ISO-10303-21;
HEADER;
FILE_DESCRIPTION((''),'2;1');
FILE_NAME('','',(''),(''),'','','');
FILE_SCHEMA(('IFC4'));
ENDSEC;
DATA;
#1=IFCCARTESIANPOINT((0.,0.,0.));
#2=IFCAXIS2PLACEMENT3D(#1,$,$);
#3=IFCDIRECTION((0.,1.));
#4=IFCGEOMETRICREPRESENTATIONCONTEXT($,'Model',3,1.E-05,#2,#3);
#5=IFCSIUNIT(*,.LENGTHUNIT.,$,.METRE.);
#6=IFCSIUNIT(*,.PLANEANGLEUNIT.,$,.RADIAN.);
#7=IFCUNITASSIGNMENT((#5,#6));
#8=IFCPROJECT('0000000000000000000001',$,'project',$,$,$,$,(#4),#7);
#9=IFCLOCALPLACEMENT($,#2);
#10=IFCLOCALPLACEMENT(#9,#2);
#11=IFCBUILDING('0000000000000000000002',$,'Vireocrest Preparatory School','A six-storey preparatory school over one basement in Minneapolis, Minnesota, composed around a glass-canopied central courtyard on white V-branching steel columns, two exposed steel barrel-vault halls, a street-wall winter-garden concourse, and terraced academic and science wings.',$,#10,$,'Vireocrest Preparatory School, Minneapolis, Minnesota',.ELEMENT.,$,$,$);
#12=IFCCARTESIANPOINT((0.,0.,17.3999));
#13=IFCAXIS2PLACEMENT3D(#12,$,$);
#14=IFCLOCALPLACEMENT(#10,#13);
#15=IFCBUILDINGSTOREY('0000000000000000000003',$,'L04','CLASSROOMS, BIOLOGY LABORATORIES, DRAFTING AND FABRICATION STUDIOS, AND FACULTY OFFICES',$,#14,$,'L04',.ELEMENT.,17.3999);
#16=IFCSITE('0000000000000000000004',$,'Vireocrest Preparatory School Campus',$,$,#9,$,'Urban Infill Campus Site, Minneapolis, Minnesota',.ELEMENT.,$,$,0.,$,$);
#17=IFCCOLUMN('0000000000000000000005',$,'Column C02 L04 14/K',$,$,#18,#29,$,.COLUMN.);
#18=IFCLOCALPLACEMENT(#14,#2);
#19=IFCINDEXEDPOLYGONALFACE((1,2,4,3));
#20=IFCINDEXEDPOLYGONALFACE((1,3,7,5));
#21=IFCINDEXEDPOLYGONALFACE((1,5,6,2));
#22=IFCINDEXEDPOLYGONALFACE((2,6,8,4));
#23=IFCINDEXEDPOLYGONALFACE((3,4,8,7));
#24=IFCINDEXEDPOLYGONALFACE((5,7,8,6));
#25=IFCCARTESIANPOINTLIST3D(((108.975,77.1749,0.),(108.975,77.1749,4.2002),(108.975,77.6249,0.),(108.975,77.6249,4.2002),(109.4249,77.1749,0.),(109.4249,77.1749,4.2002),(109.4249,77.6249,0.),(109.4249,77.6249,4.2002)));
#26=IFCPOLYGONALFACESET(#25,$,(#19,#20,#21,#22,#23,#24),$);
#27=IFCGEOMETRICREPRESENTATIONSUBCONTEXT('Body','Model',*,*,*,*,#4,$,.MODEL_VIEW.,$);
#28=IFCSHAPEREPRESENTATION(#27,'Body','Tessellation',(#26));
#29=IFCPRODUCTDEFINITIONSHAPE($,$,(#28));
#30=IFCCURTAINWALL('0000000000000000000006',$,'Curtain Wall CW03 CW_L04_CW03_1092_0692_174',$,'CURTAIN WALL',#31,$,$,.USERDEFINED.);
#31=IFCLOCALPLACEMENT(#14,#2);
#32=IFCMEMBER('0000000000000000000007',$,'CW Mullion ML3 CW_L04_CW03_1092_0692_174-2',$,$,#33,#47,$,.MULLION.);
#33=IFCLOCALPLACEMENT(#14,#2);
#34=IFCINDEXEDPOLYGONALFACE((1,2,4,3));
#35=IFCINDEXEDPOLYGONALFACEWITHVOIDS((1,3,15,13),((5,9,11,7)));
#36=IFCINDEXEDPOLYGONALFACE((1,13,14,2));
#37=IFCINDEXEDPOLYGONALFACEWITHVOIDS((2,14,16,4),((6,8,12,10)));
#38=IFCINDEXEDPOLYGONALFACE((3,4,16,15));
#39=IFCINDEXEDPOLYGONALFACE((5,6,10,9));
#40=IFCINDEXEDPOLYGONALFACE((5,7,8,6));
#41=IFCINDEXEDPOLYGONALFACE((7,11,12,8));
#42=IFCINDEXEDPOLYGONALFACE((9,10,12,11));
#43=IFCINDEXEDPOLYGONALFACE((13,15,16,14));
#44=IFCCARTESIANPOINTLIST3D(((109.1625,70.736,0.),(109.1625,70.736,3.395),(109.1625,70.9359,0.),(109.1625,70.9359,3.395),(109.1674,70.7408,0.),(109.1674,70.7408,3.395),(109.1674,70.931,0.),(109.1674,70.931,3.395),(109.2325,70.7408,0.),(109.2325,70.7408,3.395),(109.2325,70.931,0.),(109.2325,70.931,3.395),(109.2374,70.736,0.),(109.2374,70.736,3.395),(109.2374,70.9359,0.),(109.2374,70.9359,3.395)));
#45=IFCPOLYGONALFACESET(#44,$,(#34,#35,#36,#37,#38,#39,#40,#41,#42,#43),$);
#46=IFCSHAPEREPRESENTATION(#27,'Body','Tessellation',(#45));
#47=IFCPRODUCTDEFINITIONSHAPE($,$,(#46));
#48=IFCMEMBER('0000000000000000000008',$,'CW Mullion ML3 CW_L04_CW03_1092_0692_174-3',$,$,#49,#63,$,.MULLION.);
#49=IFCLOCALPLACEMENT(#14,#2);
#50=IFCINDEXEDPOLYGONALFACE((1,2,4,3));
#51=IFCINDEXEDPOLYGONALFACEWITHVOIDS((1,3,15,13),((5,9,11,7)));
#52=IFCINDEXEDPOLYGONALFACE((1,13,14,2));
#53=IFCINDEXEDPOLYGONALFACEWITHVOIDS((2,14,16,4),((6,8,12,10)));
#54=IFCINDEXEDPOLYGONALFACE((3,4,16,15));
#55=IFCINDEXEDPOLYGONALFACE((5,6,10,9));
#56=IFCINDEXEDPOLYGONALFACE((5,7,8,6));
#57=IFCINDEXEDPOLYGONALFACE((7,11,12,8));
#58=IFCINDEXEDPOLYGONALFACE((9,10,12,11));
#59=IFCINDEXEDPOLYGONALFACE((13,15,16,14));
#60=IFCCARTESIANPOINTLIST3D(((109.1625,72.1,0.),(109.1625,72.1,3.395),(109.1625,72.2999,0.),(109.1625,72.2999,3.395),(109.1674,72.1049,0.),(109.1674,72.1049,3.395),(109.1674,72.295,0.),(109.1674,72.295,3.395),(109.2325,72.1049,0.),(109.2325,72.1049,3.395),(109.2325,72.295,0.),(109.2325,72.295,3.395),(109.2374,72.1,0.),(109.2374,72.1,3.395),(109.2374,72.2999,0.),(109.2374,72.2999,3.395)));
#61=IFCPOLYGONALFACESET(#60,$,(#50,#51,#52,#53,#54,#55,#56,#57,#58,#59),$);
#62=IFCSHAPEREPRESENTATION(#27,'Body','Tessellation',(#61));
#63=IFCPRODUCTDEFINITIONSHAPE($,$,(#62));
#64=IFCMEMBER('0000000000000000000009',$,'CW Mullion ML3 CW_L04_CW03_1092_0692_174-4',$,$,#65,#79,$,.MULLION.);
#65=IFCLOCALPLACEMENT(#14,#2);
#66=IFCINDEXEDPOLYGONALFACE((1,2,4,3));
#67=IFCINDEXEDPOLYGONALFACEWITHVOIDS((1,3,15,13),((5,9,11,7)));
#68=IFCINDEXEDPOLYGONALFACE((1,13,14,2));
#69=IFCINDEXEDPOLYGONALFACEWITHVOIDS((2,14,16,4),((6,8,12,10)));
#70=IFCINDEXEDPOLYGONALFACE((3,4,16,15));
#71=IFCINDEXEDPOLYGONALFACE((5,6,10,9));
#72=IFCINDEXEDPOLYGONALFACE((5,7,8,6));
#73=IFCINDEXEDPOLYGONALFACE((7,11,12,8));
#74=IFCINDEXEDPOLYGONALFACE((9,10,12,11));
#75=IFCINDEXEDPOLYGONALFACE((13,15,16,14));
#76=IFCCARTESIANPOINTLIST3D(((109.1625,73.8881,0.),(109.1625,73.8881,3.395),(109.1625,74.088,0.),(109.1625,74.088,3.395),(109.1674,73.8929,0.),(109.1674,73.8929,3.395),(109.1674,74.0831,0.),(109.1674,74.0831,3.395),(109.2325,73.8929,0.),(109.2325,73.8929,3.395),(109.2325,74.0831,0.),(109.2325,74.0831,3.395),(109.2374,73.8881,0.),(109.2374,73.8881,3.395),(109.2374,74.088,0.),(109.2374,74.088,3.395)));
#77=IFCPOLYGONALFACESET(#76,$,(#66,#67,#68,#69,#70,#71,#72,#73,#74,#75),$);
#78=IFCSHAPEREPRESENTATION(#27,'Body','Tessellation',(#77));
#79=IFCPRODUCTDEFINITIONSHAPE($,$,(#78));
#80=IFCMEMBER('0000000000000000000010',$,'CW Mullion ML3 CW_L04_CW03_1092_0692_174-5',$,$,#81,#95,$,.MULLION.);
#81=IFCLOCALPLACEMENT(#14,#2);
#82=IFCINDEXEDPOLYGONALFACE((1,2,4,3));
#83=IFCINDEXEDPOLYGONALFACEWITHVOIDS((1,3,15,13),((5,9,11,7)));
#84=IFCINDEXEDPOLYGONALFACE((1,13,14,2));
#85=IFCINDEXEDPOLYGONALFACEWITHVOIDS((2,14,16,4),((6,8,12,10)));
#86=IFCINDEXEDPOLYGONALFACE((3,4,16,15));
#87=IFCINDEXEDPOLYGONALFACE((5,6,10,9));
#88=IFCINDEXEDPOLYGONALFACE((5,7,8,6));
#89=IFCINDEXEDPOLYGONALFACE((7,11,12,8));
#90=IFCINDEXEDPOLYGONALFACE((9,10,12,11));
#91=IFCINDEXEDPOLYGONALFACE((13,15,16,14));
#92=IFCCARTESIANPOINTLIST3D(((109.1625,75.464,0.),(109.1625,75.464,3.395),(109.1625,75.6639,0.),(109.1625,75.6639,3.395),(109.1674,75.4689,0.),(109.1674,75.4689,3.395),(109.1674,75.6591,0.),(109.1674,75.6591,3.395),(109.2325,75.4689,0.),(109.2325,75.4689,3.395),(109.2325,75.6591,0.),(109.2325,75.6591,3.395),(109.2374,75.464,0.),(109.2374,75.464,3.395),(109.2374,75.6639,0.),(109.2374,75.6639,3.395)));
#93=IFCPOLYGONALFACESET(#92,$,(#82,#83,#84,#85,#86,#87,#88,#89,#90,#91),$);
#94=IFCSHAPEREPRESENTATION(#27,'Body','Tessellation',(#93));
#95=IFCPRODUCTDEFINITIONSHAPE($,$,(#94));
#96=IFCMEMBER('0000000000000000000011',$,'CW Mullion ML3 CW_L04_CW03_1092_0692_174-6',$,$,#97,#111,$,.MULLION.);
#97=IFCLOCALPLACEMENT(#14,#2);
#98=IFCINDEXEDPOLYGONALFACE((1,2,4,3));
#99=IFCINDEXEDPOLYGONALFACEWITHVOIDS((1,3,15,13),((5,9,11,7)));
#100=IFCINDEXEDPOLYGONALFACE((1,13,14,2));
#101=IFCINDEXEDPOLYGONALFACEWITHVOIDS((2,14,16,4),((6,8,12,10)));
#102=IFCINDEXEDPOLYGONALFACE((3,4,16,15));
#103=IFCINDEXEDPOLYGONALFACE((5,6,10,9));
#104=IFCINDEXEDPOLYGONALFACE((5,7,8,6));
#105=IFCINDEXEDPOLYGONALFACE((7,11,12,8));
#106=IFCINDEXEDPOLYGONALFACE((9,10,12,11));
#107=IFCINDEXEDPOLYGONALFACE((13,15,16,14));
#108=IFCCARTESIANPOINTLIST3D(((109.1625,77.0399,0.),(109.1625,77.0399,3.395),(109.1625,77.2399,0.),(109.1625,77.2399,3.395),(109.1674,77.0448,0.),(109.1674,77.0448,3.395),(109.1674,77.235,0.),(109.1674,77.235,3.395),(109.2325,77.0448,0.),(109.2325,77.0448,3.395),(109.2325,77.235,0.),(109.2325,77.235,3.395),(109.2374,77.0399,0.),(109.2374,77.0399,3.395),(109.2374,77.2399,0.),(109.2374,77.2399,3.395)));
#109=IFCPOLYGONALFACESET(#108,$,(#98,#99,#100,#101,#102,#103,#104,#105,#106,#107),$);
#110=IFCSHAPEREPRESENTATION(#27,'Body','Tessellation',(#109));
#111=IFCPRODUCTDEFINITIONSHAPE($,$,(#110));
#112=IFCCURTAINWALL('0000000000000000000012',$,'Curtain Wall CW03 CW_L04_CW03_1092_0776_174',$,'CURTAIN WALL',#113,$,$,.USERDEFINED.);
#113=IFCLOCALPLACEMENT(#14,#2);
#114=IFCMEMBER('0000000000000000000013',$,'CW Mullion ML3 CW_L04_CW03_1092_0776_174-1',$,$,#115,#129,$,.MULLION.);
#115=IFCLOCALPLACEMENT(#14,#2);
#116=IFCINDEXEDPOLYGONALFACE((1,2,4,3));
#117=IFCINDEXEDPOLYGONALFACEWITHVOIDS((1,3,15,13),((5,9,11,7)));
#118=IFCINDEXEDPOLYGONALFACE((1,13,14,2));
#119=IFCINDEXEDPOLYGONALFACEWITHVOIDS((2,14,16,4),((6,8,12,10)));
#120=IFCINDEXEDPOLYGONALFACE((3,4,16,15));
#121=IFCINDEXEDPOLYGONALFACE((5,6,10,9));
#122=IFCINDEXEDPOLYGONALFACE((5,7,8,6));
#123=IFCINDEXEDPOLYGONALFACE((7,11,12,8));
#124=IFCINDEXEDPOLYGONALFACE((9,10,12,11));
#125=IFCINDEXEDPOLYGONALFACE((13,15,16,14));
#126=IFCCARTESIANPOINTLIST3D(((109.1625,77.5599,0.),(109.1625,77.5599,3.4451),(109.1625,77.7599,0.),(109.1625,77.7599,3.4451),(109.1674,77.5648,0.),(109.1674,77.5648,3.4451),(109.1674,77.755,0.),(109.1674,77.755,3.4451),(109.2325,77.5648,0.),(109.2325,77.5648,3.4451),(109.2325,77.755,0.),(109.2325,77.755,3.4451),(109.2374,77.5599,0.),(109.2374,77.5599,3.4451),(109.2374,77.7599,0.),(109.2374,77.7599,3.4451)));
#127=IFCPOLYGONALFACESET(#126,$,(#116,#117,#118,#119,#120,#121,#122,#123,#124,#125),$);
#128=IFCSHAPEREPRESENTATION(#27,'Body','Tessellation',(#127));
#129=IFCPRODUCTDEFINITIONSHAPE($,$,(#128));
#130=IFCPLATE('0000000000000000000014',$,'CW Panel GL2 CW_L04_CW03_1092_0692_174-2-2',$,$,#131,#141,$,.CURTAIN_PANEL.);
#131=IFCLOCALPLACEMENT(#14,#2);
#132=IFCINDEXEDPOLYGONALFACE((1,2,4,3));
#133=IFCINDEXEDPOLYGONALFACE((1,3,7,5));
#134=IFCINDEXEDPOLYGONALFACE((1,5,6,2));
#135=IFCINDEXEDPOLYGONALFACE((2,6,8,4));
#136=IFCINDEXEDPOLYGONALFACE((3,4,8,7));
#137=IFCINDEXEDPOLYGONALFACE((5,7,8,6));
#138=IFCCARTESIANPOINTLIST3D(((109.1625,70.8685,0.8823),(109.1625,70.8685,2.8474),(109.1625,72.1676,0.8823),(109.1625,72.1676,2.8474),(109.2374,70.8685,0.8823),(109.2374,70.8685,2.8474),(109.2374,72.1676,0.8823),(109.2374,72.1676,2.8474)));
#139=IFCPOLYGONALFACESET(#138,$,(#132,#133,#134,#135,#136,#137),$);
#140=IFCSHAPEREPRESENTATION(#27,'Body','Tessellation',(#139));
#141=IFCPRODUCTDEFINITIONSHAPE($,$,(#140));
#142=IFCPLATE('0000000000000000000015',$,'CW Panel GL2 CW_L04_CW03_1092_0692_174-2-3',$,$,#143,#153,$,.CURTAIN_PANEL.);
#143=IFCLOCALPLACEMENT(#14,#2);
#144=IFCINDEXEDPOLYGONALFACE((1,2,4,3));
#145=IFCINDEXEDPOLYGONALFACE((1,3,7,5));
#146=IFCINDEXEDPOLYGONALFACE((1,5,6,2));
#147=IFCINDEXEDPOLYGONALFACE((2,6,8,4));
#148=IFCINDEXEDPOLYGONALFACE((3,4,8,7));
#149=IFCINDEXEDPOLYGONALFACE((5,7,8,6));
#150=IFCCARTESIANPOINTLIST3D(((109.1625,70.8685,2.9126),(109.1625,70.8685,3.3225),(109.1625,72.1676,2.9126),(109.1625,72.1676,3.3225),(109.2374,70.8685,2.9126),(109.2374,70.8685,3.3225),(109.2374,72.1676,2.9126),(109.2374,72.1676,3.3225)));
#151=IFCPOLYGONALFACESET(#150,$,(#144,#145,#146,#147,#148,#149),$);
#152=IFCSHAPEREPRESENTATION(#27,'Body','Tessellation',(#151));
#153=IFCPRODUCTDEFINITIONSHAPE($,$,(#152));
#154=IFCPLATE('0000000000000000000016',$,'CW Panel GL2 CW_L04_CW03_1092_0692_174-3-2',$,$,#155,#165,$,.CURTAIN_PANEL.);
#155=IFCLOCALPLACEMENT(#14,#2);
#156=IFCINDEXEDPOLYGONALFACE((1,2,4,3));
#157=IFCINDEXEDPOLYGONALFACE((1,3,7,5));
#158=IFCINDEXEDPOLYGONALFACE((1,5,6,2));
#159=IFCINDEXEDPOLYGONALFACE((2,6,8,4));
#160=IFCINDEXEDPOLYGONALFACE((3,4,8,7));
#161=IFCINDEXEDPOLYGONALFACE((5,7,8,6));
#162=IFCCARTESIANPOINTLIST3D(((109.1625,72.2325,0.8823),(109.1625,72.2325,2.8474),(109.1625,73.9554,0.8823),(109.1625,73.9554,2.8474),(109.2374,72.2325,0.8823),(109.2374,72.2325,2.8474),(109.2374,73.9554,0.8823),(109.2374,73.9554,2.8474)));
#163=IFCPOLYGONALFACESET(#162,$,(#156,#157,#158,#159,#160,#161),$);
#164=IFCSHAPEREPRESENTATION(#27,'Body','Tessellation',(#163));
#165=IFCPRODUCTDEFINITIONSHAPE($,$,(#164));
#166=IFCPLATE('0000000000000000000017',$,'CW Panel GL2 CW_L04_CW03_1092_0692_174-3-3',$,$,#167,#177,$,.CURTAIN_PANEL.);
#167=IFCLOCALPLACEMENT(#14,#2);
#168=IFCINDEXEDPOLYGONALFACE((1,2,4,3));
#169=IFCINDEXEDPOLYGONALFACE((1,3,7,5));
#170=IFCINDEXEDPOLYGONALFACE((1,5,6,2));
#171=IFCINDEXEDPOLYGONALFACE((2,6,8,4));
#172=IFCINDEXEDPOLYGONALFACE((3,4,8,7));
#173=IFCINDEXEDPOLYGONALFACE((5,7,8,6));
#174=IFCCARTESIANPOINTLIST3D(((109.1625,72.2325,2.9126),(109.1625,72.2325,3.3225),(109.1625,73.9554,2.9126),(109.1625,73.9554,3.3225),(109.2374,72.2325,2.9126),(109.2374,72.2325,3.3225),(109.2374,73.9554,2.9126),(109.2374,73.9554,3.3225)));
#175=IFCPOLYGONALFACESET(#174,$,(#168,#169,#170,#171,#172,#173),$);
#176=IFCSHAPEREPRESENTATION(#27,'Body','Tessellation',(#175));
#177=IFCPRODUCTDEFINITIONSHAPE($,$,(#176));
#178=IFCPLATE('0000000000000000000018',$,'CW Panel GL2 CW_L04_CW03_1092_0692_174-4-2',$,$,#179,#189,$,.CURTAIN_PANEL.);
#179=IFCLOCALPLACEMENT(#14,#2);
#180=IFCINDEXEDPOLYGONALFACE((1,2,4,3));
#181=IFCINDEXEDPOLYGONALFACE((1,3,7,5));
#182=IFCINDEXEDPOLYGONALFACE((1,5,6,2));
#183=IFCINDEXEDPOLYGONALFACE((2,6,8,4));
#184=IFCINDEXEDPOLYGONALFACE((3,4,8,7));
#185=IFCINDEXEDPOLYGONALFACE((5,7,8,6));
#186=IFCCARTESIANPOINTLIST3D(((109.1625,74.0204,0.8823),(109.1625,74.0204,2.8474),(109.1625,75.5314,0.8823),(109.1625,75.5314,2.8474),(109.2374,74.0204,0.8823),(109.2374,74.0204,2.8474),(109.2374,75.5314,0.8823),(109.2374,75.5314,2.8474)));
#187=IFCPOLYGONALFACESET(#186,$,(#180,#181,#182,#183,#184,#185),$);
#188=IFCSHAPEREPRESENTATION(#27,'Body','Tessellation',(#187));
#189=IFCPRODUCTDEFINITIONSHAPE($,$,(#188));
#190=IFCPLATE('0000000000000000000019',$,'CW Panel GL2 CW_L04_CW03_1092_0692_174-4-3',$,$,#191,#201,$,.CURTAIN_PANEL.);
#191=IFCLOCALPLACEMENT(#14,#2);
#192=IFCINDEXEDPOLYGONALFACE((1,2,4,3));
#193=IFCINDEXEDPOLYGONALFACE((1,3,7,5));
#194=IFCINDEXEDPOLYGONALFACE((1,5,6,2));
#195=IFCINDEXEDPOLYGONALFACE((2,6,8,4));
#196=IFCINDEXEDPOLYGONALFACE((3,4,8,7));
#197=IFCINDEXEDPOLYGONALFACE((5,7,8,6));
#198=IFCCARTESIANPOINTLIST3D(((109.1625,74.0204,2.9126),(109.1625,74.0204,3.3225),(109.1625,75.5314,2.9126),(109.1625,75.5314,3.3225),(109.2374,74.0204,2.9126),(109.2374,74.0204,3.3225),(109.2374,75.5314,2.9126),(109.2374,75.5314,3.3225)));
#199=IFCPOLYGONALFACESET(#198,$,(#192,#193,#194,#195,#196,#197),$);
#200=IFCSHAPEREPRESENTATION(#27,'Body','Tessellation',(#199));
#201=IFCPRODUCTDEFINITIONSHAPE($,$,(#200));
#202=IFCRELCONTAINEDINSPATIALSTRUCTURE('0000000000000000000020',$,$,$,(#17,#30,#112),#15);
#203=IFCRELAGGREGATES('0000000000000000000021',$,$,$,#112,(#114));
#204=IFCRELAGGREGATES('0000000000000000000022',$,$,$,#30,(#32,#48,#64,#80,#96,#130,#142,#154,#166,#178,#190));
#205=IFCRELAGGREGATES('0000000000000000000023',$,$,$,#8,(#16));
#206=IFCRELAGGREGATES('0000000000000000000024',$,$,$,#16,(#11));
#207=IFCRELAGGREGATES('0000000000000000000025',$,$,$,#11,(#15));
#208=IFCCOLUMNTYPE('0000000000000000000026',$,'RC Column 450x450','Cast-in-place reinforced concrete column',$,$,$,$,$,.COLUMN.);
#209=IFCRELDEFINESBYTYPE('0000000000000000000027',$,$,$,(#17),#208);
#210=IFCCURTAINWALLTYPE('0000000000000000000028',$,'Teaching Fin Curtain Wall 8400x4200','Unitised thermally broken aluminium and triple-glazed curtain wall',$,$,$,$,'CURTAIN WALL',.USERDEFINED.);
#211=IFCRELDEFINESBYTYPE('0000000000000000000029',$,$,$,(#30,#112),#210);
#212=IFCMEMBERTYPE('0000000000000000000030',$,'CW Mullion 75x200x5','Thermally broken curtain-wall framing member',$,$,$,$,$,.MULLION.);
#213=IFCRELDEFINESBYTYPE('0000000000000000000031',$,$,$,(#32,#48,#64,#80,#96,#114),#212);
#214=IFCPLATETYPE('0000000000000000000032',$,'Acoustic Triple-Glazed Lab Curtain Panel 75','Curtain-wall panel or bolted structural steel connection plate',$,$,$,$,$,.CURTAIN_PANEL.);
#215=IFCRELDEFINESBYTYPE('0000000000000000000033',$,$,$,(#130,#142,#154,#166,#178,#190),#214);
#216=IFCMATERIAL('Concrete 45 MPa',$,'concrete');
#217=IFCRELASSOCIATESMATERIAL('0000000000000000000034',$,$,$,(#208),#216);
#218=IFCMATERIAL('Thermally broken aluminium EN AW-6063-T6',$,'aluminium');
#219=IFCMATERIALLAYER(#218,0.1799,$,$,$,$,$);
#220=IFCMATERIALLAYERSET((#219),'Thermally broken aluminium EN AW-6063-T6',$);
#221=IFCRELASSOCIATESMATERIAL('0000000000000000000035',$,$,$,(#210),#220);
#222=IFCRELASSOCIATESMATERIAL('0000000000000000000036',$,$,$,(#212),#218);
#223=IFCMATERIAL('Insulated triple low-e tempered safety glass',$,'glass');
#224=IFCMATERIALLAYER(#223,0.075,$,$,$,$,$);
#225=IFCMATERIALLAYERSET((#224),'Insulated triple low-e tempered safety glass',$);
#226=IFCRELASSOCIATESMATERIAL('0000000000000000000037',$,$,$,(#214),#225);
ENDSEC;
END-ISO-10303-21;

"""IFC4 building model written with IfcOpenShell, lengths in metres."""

from ifc_helpers import new_model, si_unit, direction, frame, origin, origin_2d, place, context, subcontext, project, spatial, rectangle, hollow_rectangle, extrude, material, layer, layer_set, material_profile, profile_set, type_object, element, aggregate, save


model = new_model("IFC4")

# Units and contexts
model_context = context("Model", 3, precision=1e-05, world=origin(), true_north=direction((0.0, 1.0)))
body_context = subcontext(model_context, "Body", "Model", "MODEL_VIEW")
ifc_project = project(units=[si_unit("LENGTHUNIT", "METRE"), si_unit("PLANEANGLEUNIT", "RADIAN")], contexts=[model_context])

# Site, building, storey
site_placement = place(None, origin())
site = spatial("IfcSite", under=ifc_project, at=site_placement, Name="Vireocrest Preparatory School Campus", LongName="Urban Infill Campus Site, Minneapolis, Minnesota", CompositionType="ELEMENT", RefElevation=0.0)
building_placement = place(site_placement, origin())
building = spatial("IfcBuilding", under=site, at=building_placement, Name="Vireocrest Preparatory School", Description="A six-storey preparatory school over one basement in Minneapolis, Minnesota, composed around a glass-canopied central courtyard on white V-branching steel columns, two exposed steel barrel-vault halls, a street-wall winter-garden concourse, and terraced academic and science wings.", LongName="Vireocrest Preparatory School, Minneapolis, Minnesota", CompositionType="ELEMENT")
storey_placement = place(building_placement, frame((0.0, 0.0, 17.3999)))
storey = spatial("IfcBuildingStorey", under=building, at=storey_placement, Name="L04", Description="CLASSROOMS, BIOLOGY LABORATORIES, DRAFTING AND FABRICATION STUDIOS, AND FACULTY OFFICES", LongName="L04", CompositionType="ELEMENT", Elevation=17.3999)

# Column
ifc_material_1 = material(Name="Concrete 45 MPa", Category="concrete")
ifc_material_profile_1 = material_profile(ifc_material_1, rectangle(XDim=0.45, YDim=0.45, at=origin_2d()), Name="RC 450x450")
ifc_profile_set_1 = profile_set([ifc_material_profile_1], Name="Concrete 45 MPa")
column_type = type_object("IfcColumnType", Name="RC Column 450x450", Description="Cast-in-place reinforced concrete column", PredefinedType="COLUMN", material=ifc_profile_set_1)
column_placement = place(storey_placement, frame((109.2, 77.3999, 0.0), z_axis=(0.0, 0.0, 1.0), x_axis=(1.0, 0.0, 0.0)))
element("IfcColumn", 1, at=column_placement, inside=storey, type_object=column_type, Name="Column C02 L04 14/K", PredefinedType="COLUMN", context=body_context, shape_type="SweptSolid", body=[
    extrude(rectangle(XDim=0.45, YDim=0.45, at=origin_2d()), origin(), (0.0, 0.0, 1.0), 4.2002),
])

# Curtain wall, members
ifc_material_2 = material(Name="Thermally broken aluminium EN AW-6063-T6", Category="aluminium")
ifc_layer_1 = layer(ifc_material_2, 0.1799)
ifc_layer_set_1 = layer_set([ifc_layer_1], Name="Thermally broken aluminium EN AW-6063-T6")
curtain_wall_type = type_object("IfcCurtainWallType", Name="Teaching Fin Curtain Wall 8400x4200", Description="Unitised thermally broken aluminium and triple-glazed curtain wall", ElementType="CURTAIN WALL", PredefinedType="USERDEFINED", material=ifc_layer_set_1)
curtain_wall_1_placement = place(storey_placement, origin())
curtain_wall_1 = element("IfcCurtainWall", 2, at=curtain_wall_1_placement, inside=storey, type_object=curtain_wall_type, Name="Curtain Wall CW03 CW_L04_CW03_1092_0692_174", ObjectType="CURTAIN WALL", PredefinedType="USERDEFINED")
ifc_material_profile_2 = material_profile(ifc_material_2, hollow_rectangle(XDim=0.075, YDim=0.2, WallThickness=0.0049, at=origin_2d()), Name="ALU 75x200x5")
ifc_profile_set_2 = profile_set([ifc_material_profile_2], Name="Thermally broken aluminium EN AW-6063-T6")
member_type = type_object("IfcMemberType", Name="CW Mullion 75x200x5", Description="Thermally broken curtain-wall framing member", PredefinedType="MULLION", material=ifc_profile_set_2)
member_1_placement = place(storey_placement, frame((109.2, 70.8359, 0.0), z_axis=(0.0, 0.0, 1.0), x_axis=(1.0, 0.0, 0.0)))
member_1 = element("IfcMember", 3, at=member_1_placement, type_object=member_type, Name="CW Mullion ML3 CW_L04_CW03_1092_0692_174-2", PredefinedType="MULLION", context=body_context, shape_type="SweptSolid", body=[
    extrude(hollow_rectangle(XDim=0.075, YDim=0.2, WallThickness=0.0049, at=origin_2d()), origin(), (0.0, 0.0, 1.0), 3.395),
])
member_2_placement = place(storey_placement, frame((109.2, 72.2, 0.0), z_axis=(0.0, 0.0, 1.0), x_axis=(1.0, 0.0, 0.0)))
member_2 = element("IfcMember", 4, at=member_2_placement, type_object=member_type, Name="CW Mullion ML3 CW_L04_CW03_1092_0692_174-3", PredefinedType="MULLION", context=body_context, shape_type="SweptSolid", body=[
    extrude(hollow_rectangle(XDim=0.075, YDim=0.2, WallThickness=0.0049, at=origin_2d()), origin(), (0.0, 0.0, 1.0), 3.395),
])
member_3_placement = place(storey_placement, frame((109.2, 73.988, 0.0), z_axis=(0.0, 0.0, 1.0), x_axis=(1.0, 0.0, 0.0)))
member_3 = element("IfcMember", 5, at=member_3_placement, type_object=member_type, Name="CW Mullion ML3 CW_L04_CW03_1092_0692_174-4", PredefinedType="MULLION", context=body_context, shape_type="SweptSolid", body=[
    extrude(hollow_rectangle(XDim=0.075, YDim=0.2, WallThickness=0.0049, at=origin_2d()), origin(), (0.0, 0.0, 1.0), 3.395),
])
member_4_placement = place(storey_placement, frame((109.2, 75.564, 0.0), z_axis=(0.0, 0.0, 1.0), x_axis=(1.0, 0.0, 0.0)))
member_4 = element("IfcMember", 6, at=member_4_placement, type_object=member_type, Name="CW Mullion ML3 CW_L04_CW03_1092_0692_174-5", PredefinedType="MULLION", context=body_context, shape_type="SweptSolid", body=[
    extrude(hollow_rectangle(XDim=0.075, YDim=0.2, WallThickness=0.0049, at=origin_2d()), origin(), (0.0, 0.0, 1.0), 3.395),
])
member_5_placement = place(storey_placement, frame((109.2, 77.1399, 0.0), z_axis=(0.0, 0.0, 1.0), x_axis=(1.0, 0.0, 0.0)))
member_5 = element("IfcMember", 7, at=member_5_placement, type_object=member_type, Name="CW Mullion ML3 CW_L04_CW03_1092_0692_174-6", PredefinedType="MULLION", context=body_context, shape_type="SweptSolid", body=[
    extrude(hollow_rectangle(XDim=0.075, YDim=0.2, WallThickness=0.0049, at=origin_2d()), origin(), (0.0, 0.0, 1.0), 3.395),
])

# Curtain wall, member
curtain_wall_2_placement = place(storey_placement, origin())
curtain_wall_2 = element("IfcCurtainWall", 8, at=curtain_wall_2_placement, inside=storey, type_object=curtain_wall_type, Name="Curtain Wall CW03 CW_L04_CW03_1092_0776_174", ObjectType="CURTAIN WALL", PredefinedType="USERDEFINED")
member_6_placement = place(storey_placement, frame((109.2, 77.6599, 0.0), z_axis=(0.0, 0.0, 1.0), x_axis=(1.0, 0.0, 0.0)))
member_6 = element("IfcMember", 9, at=member_6_placement, type_object=member_type, Name="CW Mullion ML3 CW_L04_CW03_1092_0776_174-1", PredefinedType="MULLION", context=body_context, shape_type="SweptSolid", body=[
    extrude(hollow_rectangle(XDim=0.075, YDim=0.2, WallThickness=0.0049, at=origin_2d()), origin(), (0.0, 0.0, 1.0), 3.4451),
])
aggregate(curtain_wall_2, [member_6])

# Plates
ifc_material_3 = material(Name="Insulated triple low-e tempered safety glass", Category="glass")
ifc_layer_2 = layer(ifc_material_3, 0.075)
ifc_layer_set_2 = layer_set([ifc_layer_2], Name="Insulated triple low-e tempered safety glass")
plate_type_1 = type_object("IfcPlateType", Name="Acoustic Triple-Glazed Lab Curtain Panel 75", Description="Curtain-wall panel or bolted structural steel connection plate", PredefinedType="CURTAIN_PANEL", material=ifc_layer_set_2)
plate_1_placement = place(storey_placement, frame((109.2, 71.5181, 0.8823), z_axis=(0.0, 0.0, 1.0), x_axis=(0.0, 1.0, 0.0)))
plate_1 = element("IfcPlate", 10, at=plate_1_placement, type_object=plate_type_1, Name="CW Panel GL2 CW_L04_CW03_1092_0692_174-2-2", PredefinedType="CURTAIN_PANEL", context=body_context, shape_type="SweptSolid", body=[
    extrude(rectangle(XDim=1.2991, YDim=0.075, at=origin_2d()), origin(), (0.0, 0.0, 1.0), 1.9651),
])
plate_2_placement = place(storey_placement, frame((109.2, 71.5181, 2.9126), z_axis=(0.0, 0.0, 1.0), x_axis=(0.0, 1.0, 0.0)))
plate_2 = element("IfcPlate", 11, at=plate_2_placement, type_object=plate_type_1, Name="CW Panel GL2 CW_L04_CW03_1092_0692_174-2-3", PredefinedType="CURTAIN_PANEL", context=body_context, shape_type="SweptSolid", body=[
    extrude(rectangle(XDim=1.2991, YDim=0.075, at=origin_2d()), origin(), (0.0, 0.0, 1.0), 0.4099),
])
plate_3_placement = place(storey_placement, frame((109.2, 73.094, 0.8823), z_axis=(0.0, 0.0, 1.0), x_axis=(0.0, 1.0, 0.0)))
plate_3 = element("IfcPlate", 12, at=plate_3_placement, type_object=plate_type_1, Name="CW Panel GL2 CW_L04_CW03_1092_0692_174-3-2", PredefinedType="CURTAIN_PANEL", context=body_context, shape_type="SweptSolid", body=[
    extrude(rectangle(XDim=1.7229, YDim=0.075, at=origin_2d()), origin(), (0.0, 0.0, 1.0), 1.9651),
])
plate_4_placement = place(storey_placement, frame((109.2, 73.094, 2.9126), z_axis=(0.0, 0.0, 1.0), x_axis=(0.0, 1.0, 0.0)))
plate_4 = element("IfcPlate", 13, at=plate_4_placement, type_object=plate_type_1, Name="CW Panel GL2 CW_L04_CW03_1092_0692_174-3-3", PredefinedType="CURTAIN_PANEL", context=body_context, shape_type="SweptSolid", body=[
    extrude(rectangle(XDim=1.7229, YDim=0.075, at=origin_2d()), origin(), (0.0, 0.0, 1.0), 0.4099),
])
plate_5_placement = place(storey_placement, frame((109.2, 74.7759, 0.8823), z_axis=(0.0, 0.0, 1.0), x_axis=(0.0, 1.0, 0.0)))
plate_5 = element("IfcPlate", 14, at=plate_5_placement, type_object=plate_type_1, Name="CW Panel GL2 CW_L04_CW03_1092_0692_174-4-2", PredefinedType="CURTAIN_PANEL", context=body_context, shape_type="SweptSolid", body=[
    extrude(rectangle(XDim=1.511, YDim=0.075, at=origin_2d()), origin(), (0.0, 0.0, 1.0), 1.9651),
])
plate_6_placement = place(storey_placement, frame((109.2, 74.7759, 2.9126), z_axis=(0.0, 0.0, 1.0), x_axis=(0.0, 1.0, 0.0)))
plate_6 = element("IfcPlate", 15, at=plate_6_placement, type_object=plate_type_1, Name="CW Panel GL2 CW_L04_CW03_1092_0692_174-4-3", PredefinedType="CURTAIN_PANEL", context=body_context, shape_type="SweptSolid", body=[
    extrude(rectangle(XDim=1.511, YDim=0.075, at=origin_2d()), origin(), (0.0, 0.0, 1.0), 0.4099),
])
aggregate(curtain_wall_1, [member_1, member_2, member_3, member_4, member_5, plate_1, plate_2, plate_3, plate_4, plate_5, plate_6])

save(model, "model.ifc")
